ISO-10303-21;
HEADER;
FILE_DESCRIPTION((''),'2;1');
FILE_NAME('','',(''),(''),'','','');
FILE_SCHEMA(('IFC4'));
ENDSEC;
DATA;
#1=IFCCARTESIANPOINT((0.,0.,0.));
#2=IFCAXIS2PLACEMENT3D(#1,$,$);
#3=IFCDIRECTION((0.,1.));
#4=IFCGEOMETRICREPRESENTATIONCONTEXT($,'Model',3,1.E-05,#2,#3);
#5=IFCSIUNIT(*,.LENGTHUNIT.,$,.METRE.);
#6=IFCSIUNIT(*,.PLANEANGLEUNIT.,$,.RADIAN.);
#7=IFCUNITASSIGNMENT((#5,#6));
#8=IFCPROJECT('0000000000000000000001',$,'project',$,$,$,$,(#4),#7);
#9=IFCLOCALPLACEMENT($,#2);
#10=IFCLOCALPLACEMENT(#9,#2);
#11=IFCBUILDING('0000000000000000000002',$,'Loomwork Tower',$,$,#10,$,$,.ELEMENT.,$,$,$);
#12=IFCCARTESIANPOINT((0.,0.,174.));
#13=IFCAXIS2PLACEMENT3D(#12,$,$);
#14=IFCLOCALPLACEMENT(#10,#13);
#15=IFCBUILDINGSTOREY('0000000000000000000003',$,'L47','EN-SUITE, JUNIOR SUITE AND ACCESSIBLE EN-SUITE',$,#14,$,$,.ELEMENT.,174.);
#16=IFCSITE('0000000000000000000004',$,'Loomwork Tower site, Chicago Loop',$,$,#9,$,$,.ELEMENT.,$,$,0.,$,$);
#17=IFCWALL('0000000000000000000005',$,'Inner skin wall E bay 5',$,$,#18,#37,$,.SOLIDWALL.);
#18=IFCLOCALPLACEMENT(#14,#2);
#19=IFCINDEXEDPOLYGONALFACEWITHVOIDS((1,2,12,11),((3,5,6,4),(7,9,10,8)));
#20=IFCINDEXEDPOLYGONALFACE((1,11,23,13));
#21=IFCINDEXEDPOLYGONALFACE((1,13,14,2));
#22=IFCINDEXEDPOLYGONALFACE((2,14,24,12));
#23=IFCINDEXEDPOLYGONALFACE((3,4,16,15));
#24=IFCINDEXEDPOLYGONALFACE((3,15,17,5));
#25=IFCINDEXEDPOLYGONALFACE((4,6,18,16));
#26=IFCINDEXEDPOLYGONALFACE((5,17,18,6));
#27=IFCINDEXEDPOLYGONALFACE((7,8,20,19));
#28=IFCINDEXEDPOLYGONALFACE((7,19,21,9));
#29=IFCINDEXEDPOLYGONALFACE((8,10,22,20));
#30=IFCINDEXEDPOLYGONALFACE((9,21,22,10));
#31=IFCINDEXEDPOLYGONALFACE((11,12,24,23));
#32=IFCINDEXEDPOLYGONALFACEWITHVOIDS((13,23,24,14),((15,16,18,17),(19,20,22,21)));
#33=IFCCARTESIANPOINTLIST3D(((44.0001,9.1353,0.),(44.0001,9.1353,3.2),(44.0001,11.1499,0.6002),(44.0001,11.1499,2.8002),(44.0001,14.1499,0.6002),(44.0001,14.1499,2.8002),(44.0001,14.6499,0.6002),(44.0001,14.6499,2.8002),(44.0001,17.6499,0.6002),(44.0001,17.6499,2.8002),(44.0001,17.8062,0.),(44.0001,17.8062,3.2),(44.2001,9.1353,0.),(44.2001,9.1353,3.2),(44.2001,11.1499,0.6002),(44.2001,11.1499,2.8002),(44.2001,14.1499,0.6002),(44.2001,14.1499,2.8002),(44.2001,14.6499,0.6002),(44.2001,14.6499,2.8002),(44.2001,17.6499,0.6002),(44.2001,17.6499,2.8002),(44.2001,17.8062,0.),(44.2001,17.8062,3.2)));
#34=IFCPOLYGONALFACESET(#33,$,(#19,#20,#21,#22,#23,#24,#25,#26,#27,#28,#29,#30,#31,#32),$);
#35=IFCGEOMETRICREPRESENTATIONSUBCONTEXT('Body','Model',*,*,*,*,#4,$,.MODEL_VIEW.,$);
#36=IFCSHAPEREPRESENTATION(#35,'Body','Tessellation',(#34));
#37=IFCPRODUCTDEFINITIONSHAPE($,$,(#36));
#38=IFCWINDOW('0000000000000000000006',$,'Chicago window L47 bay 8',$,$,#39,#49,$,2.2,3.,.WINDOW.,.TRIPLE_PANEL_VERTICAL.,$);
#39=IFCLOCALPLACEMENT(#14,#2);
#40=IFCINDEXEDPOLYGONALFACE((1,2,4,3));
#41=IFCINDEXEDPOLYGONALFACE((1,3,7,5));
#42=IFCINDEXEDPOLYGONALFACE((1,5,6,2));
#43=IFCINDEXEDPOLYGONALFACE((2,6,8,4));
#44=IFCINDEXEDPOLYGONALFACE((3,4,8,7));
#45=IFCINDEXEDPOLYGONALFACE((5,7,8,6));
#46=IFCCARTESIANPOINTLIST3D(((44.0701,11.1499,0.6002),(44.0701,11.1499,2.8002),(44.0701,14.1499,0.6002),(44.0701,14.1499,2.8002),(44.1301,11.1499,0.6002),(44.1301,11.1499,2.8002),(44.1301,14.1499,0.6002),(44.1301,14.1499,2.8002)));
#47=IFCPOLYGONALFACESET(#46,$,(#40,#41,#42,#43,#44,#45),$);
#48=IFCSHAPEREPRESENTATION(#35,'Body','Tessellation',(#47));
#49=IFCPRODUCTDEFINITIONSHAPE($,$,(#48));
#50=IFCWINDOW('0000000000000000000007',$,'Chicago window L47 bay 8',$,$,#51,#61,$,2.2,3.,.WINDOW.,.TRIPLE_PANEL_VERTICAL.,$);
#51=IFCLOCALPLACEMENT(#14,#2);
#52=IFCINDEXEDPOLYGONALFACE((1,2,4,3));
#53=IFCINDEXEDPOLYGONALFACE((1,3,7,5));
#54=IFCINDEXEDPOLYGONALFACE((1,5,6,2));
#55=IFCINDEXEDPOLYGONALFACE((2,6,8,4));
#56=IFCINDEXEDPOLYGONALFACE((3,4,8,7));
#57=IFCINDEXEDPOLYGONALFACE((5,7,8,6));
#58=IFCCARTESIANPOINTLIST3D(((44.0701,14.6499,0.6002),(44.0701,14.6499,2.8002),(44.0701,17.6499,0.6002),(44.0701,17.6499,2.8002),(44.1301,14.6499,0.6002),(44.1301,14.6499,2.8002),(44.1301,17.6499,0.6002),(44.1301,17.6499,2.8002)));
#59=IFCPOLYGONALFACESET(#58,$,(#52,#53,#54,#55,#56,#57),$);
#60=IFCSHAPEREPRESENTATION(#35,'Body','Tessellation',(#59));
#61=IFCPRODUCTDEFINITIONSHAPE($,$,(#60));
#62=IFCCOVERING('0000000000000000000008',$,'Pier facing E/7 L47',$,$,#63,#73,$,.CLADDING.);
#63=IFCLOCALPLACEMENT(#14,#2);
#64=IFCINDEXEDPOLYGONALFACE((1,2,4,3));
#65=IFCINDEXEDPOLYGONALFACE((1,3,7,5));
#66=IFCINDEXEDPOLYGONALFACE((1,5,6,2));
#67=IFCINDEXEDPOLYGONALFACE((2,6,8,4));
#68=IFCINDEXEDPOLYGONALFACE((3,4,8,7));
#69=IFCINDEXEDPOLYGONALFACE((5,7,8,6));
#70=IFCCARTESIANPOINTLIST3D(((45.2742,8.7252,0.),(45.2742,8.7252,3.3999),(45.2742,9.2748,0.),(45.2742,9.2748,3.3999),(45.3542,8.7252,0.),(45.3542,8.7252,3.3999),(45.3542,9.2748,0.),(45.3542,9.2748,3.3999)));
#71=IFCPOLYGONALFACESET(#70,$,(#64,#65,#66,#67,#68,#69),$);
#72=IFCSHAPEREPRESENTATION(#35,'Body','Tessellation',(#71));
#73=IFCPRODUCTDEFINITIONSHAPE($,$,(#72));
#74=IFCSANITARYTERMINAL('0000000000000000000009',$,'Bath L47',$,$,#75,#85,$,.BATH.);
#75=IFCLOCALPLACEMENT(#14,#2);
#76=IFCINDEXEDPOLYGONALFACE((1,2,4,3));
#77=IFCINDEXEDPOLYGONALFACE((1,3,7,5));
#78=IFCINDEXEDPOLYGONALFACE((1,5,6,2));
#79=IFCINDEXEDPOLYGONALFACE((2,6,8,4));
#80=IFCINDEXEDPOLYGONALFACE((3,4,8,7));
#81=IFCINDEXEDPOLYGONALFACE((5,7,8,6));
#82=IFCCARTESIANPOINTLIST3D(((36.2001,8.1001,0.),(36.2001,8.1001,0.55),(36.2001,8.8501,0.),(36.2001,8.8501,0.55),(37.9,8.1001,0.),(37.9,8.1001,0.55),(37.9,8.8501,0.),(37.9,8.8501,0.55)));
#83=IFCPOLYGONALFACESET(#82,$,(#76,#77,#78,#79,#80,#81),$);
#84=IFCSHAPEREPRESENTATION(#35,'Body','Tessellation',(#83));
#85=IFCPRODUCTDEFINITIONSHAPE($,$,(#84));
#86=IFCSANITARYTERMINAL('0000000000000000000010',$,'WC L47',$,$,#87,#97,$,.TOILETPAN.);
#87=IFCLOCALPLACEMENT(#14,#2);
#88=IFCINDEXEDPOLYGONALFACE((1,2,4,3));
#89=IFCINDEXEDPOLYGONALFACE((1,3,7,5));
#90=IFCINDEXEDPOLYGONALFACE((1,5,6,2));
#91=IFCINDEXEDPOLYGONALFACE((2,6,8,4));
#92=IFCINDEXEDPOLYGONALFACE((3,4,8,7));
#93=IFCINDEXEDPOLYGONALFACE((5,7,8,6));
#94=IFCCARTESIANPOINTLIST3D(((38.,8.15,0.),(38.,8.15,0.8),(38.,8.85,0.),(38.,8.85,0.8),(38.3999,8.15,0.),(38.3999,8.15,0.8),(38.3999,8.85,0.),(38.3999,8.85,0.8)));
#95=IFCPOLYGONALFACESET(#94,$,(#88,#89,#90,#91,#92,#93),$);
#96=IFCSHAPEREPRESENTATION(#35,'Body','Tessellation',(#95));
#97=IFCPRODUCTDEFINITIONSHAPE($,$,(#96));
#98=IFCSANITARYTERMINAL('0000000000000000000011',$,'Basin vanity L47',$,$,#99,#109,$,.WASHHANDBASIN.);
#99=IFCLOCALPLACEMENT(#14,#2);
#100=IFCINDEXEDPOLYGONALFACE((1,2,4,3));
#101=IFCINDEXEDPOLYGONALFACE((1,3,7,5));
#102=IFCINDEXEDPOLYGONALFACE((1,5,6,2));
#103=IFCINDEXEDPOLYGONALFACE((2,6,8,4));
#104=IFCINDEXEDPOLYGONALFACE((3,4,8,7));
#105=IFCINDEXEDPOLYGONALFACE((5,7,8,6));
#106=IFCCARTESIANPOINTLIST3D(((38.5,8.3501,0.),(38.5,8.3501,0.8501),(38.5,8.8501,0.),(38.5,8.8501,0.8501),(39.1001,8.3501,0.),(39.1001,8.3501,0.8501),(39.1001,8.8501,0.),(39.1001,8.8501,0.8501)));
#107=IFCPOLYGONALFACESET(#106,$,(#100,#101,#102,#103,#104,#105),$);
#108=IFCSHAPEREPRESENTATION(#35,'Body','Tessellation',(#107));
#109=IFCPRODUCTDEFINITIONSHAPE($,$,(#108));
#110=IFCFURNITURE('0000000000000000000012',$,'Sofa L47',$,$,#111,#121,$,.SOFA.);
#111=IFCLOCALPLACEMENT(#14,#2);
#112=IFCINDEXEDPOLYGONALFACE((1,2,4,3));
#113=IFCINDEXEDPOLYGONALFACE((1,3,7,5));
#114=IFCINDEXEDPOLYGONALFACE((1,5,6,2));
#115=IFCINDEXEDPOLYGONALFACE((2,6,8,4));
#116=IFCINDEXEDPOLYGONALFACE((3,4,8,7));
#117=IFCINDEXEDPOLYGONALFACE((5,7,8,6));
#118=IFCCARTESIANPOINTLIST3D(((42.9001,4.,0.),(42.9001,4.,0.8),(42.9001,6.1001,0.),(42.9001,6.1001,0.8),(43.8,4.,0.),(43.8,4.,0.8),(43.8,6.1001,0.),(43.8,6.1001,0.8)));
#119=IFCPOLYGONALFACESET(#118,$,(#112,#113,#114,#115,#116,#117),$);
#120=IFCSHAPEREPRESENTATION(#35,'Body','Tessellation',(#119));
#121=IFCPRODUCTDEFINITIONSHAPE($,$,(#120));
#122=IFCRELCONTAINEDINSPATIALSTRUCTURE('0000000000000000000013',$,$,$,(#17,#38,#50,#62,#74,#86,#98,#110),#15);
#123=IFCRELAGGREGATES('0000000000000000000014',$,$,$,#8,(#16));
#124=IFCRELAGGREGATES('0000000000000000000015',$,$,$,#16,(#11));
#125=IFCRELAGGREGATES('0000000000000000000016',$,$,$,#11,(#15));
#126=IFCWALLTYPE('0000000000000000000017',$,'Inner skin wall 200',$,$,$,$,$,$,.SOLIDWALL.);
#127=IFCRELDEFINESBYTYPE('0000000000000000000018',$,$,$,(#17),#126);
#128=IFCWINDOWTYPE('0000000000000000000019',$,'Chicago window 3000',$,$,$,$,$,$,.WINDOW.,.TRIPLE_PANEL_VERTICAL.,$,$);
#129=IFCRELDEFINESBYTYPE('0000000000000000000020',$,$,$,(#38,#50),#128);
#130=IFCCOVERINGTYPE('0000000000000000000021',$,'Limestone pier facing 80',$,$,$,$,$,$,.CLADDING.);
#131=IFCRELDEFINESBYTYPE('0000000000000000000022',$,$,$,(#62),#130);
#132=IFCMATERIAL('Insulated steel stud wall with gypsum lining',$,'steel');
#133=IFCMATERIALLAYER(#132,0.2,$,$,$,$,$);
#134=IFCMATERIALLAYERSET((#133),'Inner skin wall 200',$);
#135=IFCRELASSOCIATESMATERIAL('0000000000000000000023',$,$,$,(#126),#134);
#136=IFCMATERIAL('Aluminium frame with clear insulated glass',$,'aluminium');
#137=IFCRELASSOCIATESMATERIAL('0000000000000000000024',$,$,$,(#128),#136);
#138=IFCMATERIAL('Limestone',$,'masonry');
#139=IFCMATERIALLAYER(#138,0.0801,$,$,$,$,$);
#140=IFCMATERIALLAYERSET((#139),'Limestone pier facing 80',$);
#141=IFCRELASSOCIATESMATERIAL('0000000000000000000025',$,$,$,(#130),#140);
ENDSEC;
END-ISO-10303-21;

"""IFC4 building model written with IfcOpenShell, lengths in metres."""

from ifc_helpers import new_model, si_unit, direction, frame, frame_2d, origin, origin_2d, place, context, subcontext, project, spatial, rectangle, extrude, material, layer, layer_set, type_object, element, fill, save


model = new_model("IFC4")

# Units and contexts
model_context = context("Model", 3, precision=1e-05, world=origin(), true_north=direction((0.0, 1.0)))
body_context = subcontext(model_context, "Body", "Model", "MODEL_VIEW")
ifc_project = project(units=[si_unit("LENGTHUNIT", "METRE"), si_unit("PLANEANGLEUNIT", "RADIAN")], contexts=[model_context])

# Site, building, storey
site_placement = place(None, origin())
site = spatial("IfcSite", under=ifc_project, at=site_placement, Name="Loomwork Tower site, Chicago Loop", CompositionType="ELEMENT", RefElevation=0.0)
building_placement = place(site_placement, origin())
building = spatial("IfcBuilding", under=site, at=building_placement, Name="Loomwork Tower", CompositionType="ELEMENT")
storey_placement = place(building_placement, frame((0.0, 0.0, 174.0)))
storey = spatial("IfcBuildingStorey", under=building, at=storey_placement, Name="L47", Description="EN-SUITE, JUNIOR SUITE AND ACCESSIBLE EN-SUITE", CompositionType="ELEMENT", Elevation=174.0)

# Shared definitions
ifc_material_1 = material(Name="Insulated steel stud wall with gypsum lining", Category="steel")
ifc_layer_1 = layer(ifc_material_1, 0.2)
ifc_layer_set_1 = layer_set([ifc_layer_1], Name="Inner skin wall 200")
wall_type_1 = type_object("IfcWallType", Name="Inner skin wall 200", PredefinedType="SOLIDWALL", material=ifc_layer_set_1)

# Wall, openings, windows
wall_1_placement = place(storey_placement, frame((44.1001, 9.1353, 0.0), z_axis=(0.0, 0.0, 1.0), x_axis=(0.0, 1.0, 0.0)))
wall_1 = element("IfcWall", 1, at=wall_1_placement, inside=storey, type_object=wall_type_1, Name="Inner skin wall E bay 5", PredefinedType="SOLIDWALL", context=body_context, shape_type="SweptSolid", body=[
    extrude(rectangle(XDim=8.6709, YDim=0.2, at=frame_2d((4.3354, 0.0))), origin(), (0.0, 0.0, 1.0), 3.2),
])
opening_1_placement = place(wall_1_placement, frame((2.0146, 0.0, 0.6001)))
opening_1 = element("IfcOpeningElement", 2, at=opening_1_placement, cuts=wall_1, PredefinedType="OPENING", context=body_context, shape_type="SweptSolid", body=[
    extrude(rectangle(XDim=3.0, YDim=2.2, at=frame_2d((1.5, 1.1001))), frame((0.0, 0.1099, 0.0), z_axis=(0.0, -1.0, 0.0), x_axis=(1.0, 0.0, 0.0)), (0.0, 0.0, 1.0), 0.22),
])
opening_2_placement = place(wall_1_placement, frame((5.5146, 0.0, 0.6001)))
opening_2 = element("IfcOpeningElement", 3, at=opening_2_placement, cuts=wall_1, PredefinedType="OPENING", context=body_context, shape_type="SweptSolid", body=[
    extrude(rectangle(XDim=3.0, YDim=2.2, at=frame_2d((1.5, 1.1001))), frame((0.0, 0.1099, 0.0), z_axis=(0.0, -1.0, 0.0), x_axis=(1.0, 0.0, 0.0)), (0.0, 0.0, 1.0), 0.22),
])
ifc_material_2 = material(Name="Aluminium frame with clear insulated glass", Category="aluminium")
window_type = type_object("IfcWindowType", Name="Chicago window 3000", PartitioningType="TRIPLE_PANEL_VERTICAL", PredefinedType="WINDOW", material=ifc_material_2)
window_1_placement = place(opening_1_placement, origin())
window_1 = element("IfcWindow", 4, at=window_1_placement, inside=storey, type_object=window_type, Name="Chicago window L47 bay 8", OverallHeight=2.2, OverallWidth=3.0, PartitioningType="TRIPLE_PANEL_VERTICAL", PredefinedType="WINDOW", context=body_context, shape_type="SweptSolid", body=[
    extrude(rectangle(XDim=3.0, YDim=2.2, at=frame_2d((1.5, 1.1001))), frame((0.0, 0.03, 0.0), z_axis=(0.0, -1.0, 0.0), x_axis=(1.0, 0.0, 0.0)), (0.0, 0.0, 1.0), 0.0601),
])
fill(opening_1, window_1)
window_2_placement = place(opening_2_placement, origin())
window_2 = element("IfcWindow", 5, at=window_2_placement, inside=storey, type_object=window_type, Name="Chicago window L47 bay 8", OverallHeight=2.2, OverallWidth=3.0, PartitioningType="TRIPLE_PANEL_VERTICAL", PredefinedType="WINDOW", context=body_context, shape_type="SweptSolid", body=[
    extrude(rectangle(XDim=3.0, YDim=2.2, at=frame_2d((1.5, 1.1001))), frame((0.0, 0.03, 0.0), z_axis=(0.0, -1.0, 0.0), x_axis=(1.0, 0.0, 0.0)), (0.0, 0.0, 1.0), 0.0601),
])
fill(opening_2, window_2)

# Covering
ifc_material_3 = material(Name="Limestone", Category="masonry")
ifc_layer_2 = layer(ifc_material_3, 0.0801)
ifc_layer_set_2 = layer_set([ifc_layer_2], Name="Limestone pier facing 80")
covering_type = type_object("IfcCoveringType", Name="Limestone pier facing 80", PredefinedType="CLADDING", material=ifc_layer_set_2)
covering_placement = place(storey_placement, frame((45.3142, 9.0, 0.0), z_axis=(0.0, 0.0, 1.0), x_axis=(1.0, 0.0, 0.0)))
element("IfcCovering", 6, at=covering_placement, inside=storey, type_object=covering_type, Name="Pier facing E/7 L47", PredefinedType="CLADDING", context=body_context, shape_type="SweptSolid", body=[
    extrude(rectangle(XDim=0.0801, YDim=0.5496, at=origin_2d()), origin(), (0.0, 0.0, 1.0), 3.3999),
])

# Sanitary terminals
sanitary_terminal_1_placement = place(storey_placement, frame((37.05, 8.4751, 0.0), z_axis=(0.0, 0.0, 1.0), x_axis=(1.0, 0.0, 0.0)))
element("IfcSanitaryTerminal", 7, at=sanitary_terminal_1_placement, inside=storey, Name="Bath L47", PredefinedType="BATH", context=body_context, shape_type="SweptSolid", body=[
    extrude(rectangle(XDim=1.7, YDim=0.75, at=origin_2d()), origin(), (0.0, 0.0, 1.0), 0.55),
])
sanitary_terminal_2_placement = place(storey_placement, frame((38.2, 8.5, 0.0), z_axis=(0.0, 0.0, 1.0), x_axis=(1.0, 0.0, 0.0)))
element("IfcSanitaryTerminal", 8, at=sanitary_terminal_2_placement, inside=storey, Name="WC L47", PredefinedType="TOILETPAN", context=body_context, shape_type="SweptSolid", body=[
    extrude(rectangle(XDim=0.3999, YDim=0.7, at=origin_2d()), origin(), (0.0, 0.0, 1.0), 0.8),
])
sanitary_terminal_3_placement = place(storey_placement, frame((38.8, 8.6001, 0.0), z_axis=(0.0, 0.0, 1.0), x_axis=(1.0, 0.0, 0.0)))
element("IfcSanitaryTerminal", 9, at=sanitary_terminal_3_placement, inside=storey, Name="Basin vanity L47", PredefinedType="WASHHANDBASIN", context=body_context, shape_type="SweptSolid", body=[
    extrude(rectangle(XDim=0.6001, YDim=0.5, at=origin_2d()), origin(), (0.0, 0.0, 1.0), 0.8501),
])

# Furniture
furniture_placement = place(storey_placement, frame((43.3501, 5.05, 0.0), z_axis=(0.0, 0.0, 1.0), x_axis=(1.0, 0.0, 0.0)))
element("IfcFurniture", 10, at=furniture_placement, inside=storey, Name="Sofa L47", PredefinedType="SOFA", context=body_context, shape_type="SweptSolid", body=[
    extrude(rectangle(XDim=0.8999, YDim=2.1001, at=origin_2d()), origin(), (0.0, 0.0, 1.0), 0.8),
])

save(model, "model.ifc")
